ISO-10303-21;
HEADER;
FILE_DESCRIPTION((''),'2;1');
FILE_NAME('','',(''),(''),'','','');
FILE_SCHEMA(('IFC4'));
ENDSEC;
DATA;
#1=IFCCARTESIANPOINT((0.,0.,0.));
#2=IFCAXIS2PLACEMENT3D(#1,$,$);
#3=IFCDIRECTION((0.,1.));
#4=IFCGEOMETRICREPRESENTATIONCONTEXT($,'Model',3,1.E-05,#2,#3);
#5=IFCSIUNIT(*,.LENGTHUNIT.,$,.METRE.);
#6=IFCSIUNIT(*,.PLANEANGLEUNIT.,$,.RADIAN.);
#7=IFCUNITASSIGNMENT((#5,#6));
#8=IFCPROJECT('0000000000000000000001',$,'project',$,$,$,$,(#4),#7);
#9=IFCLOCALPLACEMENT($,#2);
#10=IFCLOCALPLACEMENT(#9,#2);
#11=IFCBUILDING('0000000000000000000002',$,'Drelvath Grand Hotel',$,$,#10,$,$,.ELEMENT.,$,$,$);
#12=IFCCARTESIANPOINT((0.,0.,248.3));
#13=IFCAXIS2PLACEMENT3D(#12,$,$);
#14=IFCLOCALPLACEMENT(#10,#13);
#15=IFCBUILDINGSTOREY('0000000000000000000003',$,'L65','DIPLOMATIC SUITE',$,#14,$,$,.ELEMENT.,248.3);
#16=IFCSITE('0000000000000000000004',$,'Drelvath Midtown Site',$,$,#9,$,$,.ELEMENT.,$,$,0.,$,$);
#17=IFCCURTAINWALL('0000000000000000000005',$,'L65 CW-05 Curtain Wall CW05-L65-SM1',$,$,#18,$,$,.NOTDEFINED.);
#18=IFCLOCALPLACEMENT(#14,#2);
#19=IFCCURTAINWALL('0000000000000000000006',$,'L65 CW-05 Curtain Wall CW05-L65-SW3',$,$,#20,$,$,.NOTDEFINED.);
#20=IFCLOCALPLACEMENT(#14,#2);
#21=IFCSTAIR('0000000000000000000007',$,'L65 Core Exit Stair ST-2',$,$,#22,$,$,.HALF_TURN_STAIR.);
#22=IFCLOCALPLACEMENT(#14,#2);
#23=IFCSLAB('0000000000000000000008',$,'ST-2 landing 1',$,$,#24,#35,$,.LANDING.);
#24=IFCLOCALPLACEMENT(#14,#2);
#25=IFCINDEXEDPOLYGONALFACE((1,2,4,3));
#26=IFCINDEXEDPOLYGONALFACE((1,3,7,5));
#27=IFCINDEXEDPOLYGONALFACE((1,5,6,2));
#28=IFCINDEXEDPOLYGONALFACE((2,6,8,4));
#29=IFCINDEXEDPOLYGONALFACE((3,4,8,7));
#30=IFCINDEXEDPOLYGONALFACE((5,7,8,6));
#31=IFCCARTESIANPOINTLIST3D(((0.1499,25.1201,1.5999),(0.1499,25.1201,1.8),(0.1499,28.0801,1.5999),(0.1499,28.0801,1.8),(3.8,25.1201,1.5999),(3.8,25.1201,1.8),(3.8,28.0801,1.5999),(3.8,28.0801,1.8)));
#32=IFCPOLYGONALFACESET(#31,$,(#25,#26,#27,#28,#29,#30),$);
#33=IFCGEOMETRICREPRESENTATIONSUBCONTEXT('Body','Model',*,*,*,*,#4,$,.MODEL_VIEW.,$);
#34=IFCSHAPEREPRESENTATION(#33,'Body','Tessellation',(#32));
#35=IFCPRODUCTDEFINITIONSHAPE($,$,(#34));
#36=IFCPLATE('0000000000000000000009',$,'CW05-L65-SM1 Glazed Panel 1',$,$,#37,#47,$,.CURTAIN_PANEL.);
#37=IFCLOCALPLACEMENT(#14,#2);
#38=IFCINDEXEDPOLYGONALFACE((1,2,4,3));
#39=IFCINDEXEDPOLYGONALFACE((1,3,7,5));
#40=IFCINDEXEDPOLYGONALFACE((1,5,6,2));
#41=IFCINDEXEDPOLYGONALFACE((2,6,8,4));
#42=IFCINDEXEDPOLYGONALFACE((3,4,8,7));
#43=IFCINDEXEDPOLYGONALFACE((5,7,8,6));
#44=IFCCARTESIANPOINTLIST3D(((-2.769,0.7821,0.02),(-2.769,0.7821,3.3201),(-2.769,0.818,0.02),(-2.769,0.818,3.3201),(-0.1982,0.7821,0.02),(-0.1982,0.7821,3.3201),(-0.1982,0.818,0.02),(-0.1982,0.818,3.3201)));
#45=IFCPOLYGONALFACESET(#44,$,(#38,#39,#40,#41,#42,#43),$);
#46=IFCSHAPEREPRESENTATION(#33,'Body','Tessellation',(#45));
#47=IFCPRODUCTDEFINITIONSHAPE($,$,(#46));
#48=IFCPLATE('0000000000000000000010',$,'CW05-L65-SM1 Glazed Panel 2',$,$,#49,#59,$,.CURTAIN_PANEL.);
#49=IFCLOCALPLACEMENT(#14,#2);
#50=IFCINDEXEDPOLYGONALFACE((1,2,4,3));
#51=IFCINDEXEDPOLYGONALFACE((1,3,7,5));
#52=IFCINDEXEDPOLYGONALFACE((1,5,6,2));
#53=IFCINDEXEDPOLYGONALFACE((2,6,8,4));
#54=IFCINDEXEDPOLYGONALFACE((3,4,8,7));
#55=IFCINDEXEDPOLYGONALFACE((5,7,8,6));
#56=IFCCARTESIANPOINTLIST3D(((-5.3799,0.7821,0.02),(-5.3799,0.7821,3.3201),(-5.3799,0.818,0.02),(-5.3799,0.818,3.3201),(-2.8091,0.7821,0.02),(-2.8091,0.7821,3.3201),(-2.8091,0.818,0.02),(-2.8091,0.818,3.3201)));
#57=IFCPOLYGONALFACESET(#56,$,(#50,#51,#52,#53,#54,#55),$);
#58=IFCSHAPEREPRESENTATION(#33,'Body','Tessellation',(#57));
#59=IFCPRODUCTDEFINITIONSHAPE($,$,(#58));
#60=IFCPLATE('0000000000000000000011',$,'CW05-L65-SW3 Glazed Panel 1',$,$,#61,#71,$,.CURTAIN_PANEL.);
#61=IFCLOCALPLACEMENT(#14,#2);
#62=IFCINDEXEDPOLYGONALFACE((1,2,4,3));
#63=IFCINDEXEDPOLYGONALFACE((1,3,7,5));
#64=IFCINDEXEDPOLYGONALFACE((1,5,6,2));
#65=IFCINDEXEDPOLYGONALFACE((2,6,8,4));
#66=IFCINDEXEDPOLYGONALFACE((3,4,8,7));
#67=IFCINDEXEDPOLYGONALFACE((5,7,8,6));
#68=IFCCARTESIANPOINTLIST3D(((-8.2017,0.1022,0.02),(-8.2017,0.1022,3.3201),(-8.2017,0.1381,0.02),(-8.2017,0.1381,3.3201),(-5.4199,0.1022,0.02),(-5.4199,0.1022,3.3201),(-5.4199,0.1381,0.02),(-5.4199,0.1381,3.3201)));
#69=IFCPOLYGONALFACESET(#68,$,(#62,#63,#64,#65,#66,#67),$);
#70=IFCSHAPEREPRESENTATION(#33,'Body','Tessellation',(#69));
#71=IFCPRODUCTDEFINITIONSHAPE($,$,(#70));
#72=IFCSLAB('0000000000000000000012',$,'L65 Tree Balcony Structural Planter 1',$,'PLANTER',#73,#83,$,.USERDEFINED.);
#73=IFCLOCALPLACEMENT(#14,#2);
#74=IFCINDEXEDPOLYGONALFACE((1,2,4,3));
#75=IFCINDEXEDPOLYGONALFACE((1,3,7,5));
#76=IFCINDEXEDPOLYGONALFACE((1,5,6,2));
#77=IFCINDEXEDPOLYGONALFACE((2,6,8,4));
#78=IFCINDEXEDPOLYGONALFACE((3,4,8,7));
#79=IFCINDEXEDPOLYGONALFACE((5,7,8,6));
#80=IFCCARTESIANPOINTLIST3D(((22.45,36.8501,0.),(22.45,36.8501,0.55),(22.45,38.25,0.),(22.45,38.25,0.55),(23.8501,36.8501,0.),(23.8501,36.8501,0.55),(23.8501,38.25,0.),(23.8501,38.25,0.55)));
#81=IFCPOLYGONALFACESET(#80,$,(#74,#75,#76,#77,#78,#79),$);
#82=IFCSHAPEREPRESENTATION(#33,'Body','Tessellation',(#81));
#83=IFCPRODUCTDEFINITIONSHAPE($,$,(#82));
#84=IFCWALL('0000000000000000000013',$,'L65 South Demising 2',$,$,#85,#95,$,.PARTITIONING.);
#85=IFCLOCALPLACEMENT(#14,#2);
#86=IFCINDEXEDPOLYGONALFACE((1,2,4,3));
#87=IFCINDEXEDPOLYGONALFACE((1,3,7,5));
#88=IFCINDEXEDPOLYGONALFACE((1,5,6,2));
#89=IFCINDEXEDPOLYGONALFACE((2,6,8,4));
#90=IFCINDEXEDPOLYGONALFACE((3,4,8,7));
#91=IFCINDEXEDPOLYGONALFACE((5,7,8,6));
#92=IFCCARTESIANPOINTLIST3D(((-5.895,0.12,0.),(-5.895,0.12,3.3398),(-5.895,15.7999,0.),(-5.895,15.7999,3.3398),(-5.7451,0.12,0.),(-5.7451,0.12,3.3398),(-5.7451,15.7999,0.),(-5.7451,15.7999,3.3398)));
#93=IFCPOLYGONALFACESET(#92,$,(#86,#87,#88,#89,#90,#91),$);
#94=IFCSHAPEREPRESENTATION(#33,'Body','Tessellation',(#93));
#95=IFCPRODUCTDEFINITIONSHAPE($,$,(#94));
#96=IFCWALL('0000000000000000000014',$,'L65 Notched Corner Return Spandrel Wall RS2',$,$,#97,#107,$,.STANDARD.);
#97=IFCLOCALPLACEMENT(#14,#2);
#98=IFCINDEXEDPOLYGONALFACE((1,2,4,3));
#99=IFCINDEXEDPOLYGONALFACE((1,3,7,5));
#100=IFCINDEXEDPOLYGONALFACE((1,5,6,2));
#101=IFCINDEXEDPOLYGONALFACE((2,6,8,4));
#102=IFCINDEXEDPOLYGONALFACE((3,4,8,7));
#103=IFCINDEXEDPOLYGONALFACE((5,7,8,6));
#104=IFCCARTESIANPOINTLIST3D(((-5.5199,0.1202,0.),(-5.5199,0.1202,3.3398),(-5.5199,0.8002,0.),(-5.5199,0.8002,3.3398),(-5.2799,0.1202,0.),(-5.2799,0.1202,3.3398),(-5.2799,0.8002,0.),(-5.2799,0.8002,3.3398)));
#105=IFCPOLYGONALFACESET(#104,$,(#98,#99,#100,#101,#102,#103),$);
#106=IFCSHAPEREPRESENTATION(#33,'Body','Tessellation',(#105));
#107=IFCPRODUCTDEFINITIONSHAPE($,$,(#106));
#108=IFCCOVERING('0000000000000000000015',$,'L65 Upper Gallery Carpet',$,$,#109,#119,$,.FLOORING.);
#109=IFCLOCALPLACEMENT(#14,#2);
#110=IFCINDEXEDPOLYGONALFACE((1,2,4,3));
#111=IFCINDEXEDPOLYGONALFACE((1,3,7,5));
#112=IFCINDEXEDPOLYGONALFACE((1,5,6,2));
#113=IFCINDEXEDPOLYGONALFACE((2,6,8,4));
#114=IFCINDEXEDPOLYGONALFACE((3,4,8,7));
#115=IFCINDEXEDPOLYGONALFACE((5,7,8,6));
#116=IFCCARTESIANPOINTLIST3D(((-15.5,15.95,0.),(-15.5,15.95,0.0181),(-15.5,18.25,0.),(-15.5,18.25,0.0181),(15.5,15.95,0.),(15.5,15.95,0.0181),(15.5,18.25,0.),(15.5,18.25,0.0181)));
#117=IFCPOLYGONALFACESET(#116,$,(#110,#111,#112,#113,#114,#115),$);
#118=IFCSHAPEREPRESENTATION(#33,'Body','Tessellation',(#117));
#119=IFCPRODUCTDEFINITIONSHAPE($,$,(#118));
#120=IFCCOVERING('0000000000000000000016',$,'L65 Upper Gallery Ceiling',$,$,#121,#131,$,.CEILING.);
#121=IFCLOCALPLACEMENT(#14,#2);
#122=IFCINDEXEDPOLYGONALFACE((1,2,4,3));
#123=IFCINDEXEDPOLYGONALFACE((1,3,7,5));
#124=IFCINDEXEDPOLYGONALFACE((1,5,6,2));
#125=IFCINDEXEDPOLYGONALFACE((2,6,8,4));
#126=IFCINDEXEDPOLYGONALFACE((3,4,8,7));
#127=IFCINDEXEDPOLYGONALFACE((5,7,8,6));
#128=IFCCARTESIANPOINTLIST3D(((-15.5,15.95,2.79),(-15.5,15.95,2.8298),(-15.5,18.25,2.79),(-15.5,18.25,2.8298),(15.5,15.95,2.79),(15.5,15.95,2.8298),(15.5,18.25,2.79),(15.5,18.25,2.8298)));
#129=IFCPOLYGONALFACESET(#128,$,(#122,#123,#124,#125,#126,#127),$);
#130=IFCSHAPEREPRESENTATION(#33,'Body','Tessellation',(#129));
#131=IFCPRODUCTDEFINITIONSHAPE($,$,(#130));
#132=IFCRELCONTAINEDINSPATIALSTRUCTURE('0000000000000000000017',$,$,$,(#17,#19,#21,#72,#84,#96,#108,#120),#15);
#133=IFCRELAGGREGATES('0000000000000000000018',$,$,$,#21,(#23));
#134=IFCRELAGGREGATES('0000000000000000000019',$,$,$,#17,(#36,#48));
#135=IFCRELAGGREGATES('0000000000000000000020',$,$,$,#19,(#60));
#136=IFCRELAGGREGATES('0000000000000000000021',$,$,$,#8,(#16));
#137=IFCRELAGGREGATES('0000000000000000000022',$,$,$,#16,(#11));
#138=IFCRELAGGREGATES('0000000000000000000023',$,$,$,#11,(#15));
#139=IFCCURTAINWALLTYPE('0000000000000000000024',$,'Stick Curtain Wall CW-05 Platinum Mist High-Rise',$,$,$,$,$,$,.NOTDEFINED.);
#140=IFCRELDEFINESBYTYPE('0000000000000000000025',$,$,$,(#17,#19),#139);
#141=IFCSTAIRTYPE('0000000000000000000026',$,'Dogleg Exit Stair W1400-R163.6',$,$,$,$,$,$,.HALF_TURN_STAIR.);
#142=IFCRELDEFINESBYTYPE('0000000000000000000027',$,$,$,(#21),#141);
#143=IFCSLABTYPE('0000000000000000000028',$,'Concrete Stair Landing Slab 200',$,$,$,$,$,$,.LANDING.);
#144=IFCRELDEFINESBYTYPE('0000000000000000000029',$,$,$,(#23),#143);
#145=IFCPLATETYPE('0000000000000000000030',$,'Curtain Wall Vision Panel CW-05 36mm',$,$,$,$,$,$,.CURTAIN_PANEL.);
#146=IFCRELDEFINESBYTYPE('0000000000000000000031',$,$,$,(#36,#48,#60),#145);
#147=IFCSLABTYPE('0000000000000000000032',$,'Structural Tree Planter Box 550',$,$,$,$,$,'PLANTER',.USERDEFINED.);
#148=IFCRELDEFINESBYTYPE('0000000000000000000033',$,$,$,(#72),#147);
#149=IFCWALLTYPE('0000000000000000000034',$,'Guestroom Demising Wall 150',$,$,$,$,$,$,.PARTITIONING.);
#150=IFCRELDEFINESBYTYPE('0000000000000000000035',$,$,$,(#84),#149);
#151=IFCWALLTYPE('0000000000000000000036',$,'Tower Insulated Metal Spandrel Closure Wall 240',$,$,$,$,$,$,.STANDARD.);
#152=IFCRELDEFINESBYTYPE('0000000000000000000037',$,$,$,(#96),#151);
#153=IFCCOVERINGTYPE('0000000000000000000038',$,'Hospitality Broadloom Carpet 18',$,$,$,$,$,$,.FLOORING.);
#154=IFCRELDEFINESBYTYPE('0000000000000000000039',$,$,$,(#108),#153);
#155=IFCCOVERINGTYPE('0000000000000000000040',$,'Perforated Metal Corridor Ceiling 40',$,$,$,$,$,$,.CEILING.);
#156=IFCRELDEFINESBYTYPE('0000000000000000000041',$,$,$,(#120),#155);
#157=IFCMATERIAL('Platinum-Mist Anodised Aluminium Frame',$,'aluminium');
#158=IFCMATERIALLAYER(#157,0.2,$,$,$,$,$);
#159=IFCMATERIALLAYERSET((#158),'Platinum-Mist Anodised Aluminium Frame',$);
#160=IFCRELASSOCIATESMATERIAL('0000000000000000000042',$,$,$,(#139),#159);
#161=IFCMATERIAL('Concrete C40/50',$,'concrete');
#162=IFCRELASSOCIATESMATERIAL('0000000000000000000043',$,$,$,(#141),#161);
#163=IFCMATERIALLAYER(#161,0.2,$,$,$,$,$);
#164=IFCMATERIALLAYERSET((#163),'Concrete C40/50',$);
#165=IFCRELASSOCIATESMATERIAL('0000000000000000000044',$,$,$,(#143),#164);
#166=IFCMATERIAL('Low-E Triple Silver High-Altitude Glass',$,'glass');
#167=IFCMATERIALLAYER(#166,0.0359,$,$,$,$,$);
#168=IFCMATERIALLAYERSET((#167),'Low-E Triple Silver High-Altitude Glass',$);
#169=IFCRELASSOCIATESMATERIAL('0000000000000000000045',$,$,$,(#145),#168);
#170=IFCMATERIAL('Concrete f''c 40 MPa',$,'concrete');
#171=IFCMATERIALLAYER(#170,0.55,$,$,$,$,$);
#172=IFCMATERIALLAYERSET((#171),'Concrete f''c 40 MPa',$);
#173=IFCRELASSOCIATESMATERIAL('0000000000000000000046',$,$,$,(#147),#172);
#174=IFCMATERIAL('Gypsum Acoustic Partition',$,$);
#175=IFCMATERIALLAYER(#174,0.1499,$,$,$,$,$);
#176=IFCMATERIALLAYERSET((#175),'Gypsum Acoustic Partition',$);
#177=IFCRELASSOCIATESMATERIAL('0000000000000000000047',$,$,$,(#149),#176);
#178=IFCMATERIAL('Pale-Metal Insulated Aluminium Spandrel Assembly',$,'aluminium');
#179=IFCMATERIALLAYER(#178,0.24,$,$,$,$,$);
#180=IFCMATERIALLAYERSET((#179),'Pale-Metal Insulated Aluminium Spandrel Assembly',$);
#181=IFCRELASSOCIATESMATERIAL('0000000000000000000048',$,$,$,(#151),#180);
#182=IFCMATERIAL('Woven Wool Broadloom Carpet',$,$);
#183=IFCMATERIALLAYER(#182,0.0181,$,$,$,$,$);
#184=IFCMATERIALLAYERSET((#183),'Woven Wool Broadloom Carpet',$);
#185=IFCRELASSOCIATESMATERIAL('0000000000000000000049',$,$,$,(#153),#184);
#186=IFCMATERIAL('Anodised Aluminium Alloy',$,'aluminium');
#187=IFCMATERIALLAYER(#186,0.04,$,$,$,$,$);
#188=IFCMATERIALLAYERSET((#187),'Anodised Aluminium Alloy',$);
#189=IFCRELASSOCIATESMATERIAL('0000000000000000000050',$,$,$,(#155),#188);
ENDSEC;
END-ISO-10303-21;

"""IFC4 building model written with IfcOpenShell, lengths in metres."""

from ifc_helpers import new_model, si_unit, direction, frame, frame_2d, origin, origin_2d, place, context, subcontext, project, spatial, polyline, rectangle, outline, extrude, material, layer, layer_set, type_object, element, aggregate, save


model = new_model("IFC4")

# Units and contexts
model_context = context("Model", 3, precision=1e-05, world=origin(), true_north=direction((0.0, 1.0)))
body_context = subcontext(model_context, "Body", "Model", "MODEL_VIEW")
ifc_project = project(units=[si_unit("LENGTHUNIT", "METRE"), si_unit("PLANEANGLEUNIT", "RADIAN")], contexts=[model_context])

# Site, building, storey
site_placement = place(None, origin())
site = spatial("IfcSite", under=ifc_project, at=site_placement, Name="Drelvath Midtown Site", CompositionType="ELEMENT", RefElevation=0.0)
building_placement = place(site_placement, origin())
building = spatial("IfcBuilding", under=site, at=building_placement, Name="Drelvath Grand Hotel", CompositionType="ELEMENT")
storey_placement = place(building_placement, frame((0.0, 0.0, 248.3)))
storey = spatial("IfcBuildingStorey", under=building, at=storey_placement, Name="L65", Description="DIPLOMATIC SUITE", CompositionType="ELEMENT", Elevation=248.3)

# Curtain walls
ifc_material_1 = material(Name="Platinum-Mist Anodised Aluminium Frame", Category="aluminium")
ifc_layer_1 = layer(ifc_material_1, 0.2)
ifc_layer_set_1 = layer_set([ifc_layer_1], Name="Platinum-Mist Anodised Aluminium Frame")
curtain_wall_type = type_object("IfcCurtainWallType", Name="Stick Curtain Wall CW-05 Platinum Mist High-Rise", PredefinedType="NOTDEFINED", material=ifc_layer_set_1)
curtain_wall_1_placement = place(storey_placement, origin())
curtain_wall_1 = element("IfcCurtainWall", 1, at=curtain_wall_1_placement, inside=storey, type_object=curtain_wall_type, Name="L65 CW-05 Curtain Wall CW05-L65-SM1", PredefinedType="NOTDEFINED")
curtain_wall_2_placement = place(storey_placement, origin())
curtain_wall_2 = element("IfcCurtainWall", 2, at=curtain_wall_2_placement, inside=storey, type_object=curtain_wall_type, Name="L65 CW-05 Curtain Wall CW05-L65-SW3", PredefinedType="NOTDEFINED")

# Shared definitions
ifc_material_2 = material(Name="Concrete f'c 40 MPa", Category="concrete")

# Stair, slab
ifc_material_3 = material(Name="Concrete C40/50", Category="concrete")
stair_type = type_object("IfcStairType", Name="Dogleg Exit Stair W1400-R163.6", PredefinedType="HALF_TURN_STAIR", material=ifc_material_3)
ifc_layer_2 = layer(ifc_material_3, 0.2)
ifc_layer_set_2 = layer_set([ifc_layer_2], Name="Concrete C40/50")
slab_type_1 = type_object("IfcSlabType", Name="Concrete Stair Landing Slab 200", PredefinedType="LANDING", material=ifc_layer_set_2)
stair_1_placement = place(storey_placement, origin())
stair_1 = element("IfcStair", 3, at=stair_1_placement, inside=storey, type_object=stair_type, Name="L65 Core Exit Stair ST-2", PredefinedType="HALF_TURN_STAIR")
slab_1_placement = place(storey_placement, frame((0.0, 0.0, 1.5999)))
slab_1 = element("IfcSlab", 4, at=slab_1_placement, type_object=slab_type_1, Name="ST-2 landing 1", PredefinedType="LANDING", context=body_context, shape_type="SweptSolid", body=[
    extrude(outline(polyline([(3.8, 28.0801), (0.1499, 28.0801), (0.1499, 25.1201), (3.8, 25.1201), (3.8, 28.0801)])), origin(), (0.0, 0.0, 1.0), 0.2002),
])
aggregate(stair_1, [slab_1])

# Plates
ifc_material_4 = material(Name="Low-E Triple Silver High-Altitude Glass", Category="glass")
ifc_layer_3 = layer(ifc_material_4, 0.0359)
ifc_layer_set_3 = layer_set([ifc_layer_3], Name="Low-E Triple Silver High-Altitude Glass")
plate_type = type_object("IfcPlateType", Name="Curtain Wall Vision Panel CW-05 36mm", PredefinedType="CURTAIN_PANEL", material=ifc_layer_set_3)
plate_1_placement = place(storey_placement, frame((-1.4836, 0.8, 0.02), z_axis=(0.0, 0.0, 1.0), x_axis=(-1.0, 0.0, 0.0)))
plate_1 = element("IfcPlate", 5, at=plate_1_placement, type_object=plate_type, Name="CW05-L65-SM1 Glazed Panel 1", PredefinedType="CURTAIN_PANEL", context=body_context, shape_type="SweptSolid", body=[
    extrude(rectangle(XDim=2.5708, YDim=0.0359, at=origin_2d()), origin(), (0.0, 0.0, 1.0), 3.3),
])
plate_2_placement = place(storey_placement, frame((-4.0945, 0.8, 0.02), z_axis=(0.0, 0.0, 1.0), x_axis=(-1.0, 0.0, 0.0)))
plate_2 = element("IfcPlate", 6, at=plate_2_placement, type_object=plate_type, Name="CW05-L65-SM1 Glazed Panel 2", PredefinedType="CURTAIN_PANEL", context=body_context, shape_type="SweptSolid", body=[
    extrude(rectangle(XDim=2.5708, YDim=0.0359, at=origin_2d()), origin(), (0.0, 0.0, 1.0), 3.3),
])
aggregate(curtain_wall_1, [plate_1, plate_2])
plate_3_placement = place(storey_placement, frame((-6.8108, 0.1201, 0.02), z_axis=(0.0, 0.0, 1.0), x_axis=(-1.0, 0.0, 0.0)))
plate_3 = element("IfcPlate", 7, at=plate_3_placement, type_object=plate_type, Name="CW05-L65-SW3 Glazed Panel 1", PredefinedType="CURTAIN_PANEL", context=body_context, shape_type="SweptSolid", body=[
    extrude(rectangle(XDim=2.7817, YDim=0.0359, at=origin_2d()), origin(), (0.0, 0.0, 1.0), 3.3),
])
aggregate(curtain_wall_2, [plate_3])

# Slab
ifc_layer_4 = layer(ifc_material_2, 0.55)
ifc_layer_set_4 = layer_set([ifc_layer_4], Name="Concrete f'c 40 MPa")
slab_type_2 = type_object("IfcSlabType", Name="Structural Tree Planter Box 550", ElementType="PLANTER", PredefinedType="USERDEFINED", material=ifc_layer_set_4)
slab_2_placement = place(storey_placement, origin())
element("IfcSlab", 8, at=slab_2_placement, inside=storey, type_object=slab_type_2, Name="L65 Tree Balcony Structural Planter 1", ObjectType="PLANTER", PredefinedType="USERDEFINED", context=body_context, shape_type="SweptSolid", body=[
    extrude(outline(polyline([(22.45, 36.8501), (23.8501, 36.8501), (23.8501, 38.25), (22.45, 38.25), (22.45, 36.8501)])), origin(), (0.0, 0.0, 1.0), 0.55),
])

# Walls
ifc_material_5 = material(Name="Gypsum Acoustic Partition")
ifc_layer_5 = layer(ifc_material_5, 0.1499)
ifc_layer_set_5 = layer_set([ifc_layer_5], Name="Gypsum Acoustic Partition")
wall_type_1 = type_object("IfcWallType", Name="Guestroom Demising Wall 150", PredefinedType="PARTITIONING", material=ifc_layer_set_5)
wall_1_placement = place(storey_placement, frame((-5.8201, 0.1201, 0.0), z_axis=(0.0, 0.0, 1.0), x_axis=(0.0, 1.0, 0.0)))
element("IfcWall", 9, at=wall_1_placement, inside=storey, type_object=wall_type_1, Name="L65 South Demising 2", PredefinedType="PARTITIONING", context=body_context, shape_type="SweptSolid", body=[
    extrude(rectangle(XDim=15.6799, YDim=0.1499, at=frame_2d((7.8398, 0.0))), origin(), (0.0, 0.0, 1.0), 3.3398),
])
ifc_material_6 = material(Name="Pale-Metal Insulated Aluminium Spandrel Assembly", Category="aluminium")
ifc_layer_6 = layer(ifc_material_6, 0.24)
ifc_layer_set_6 = layer_set([ifc_layer_6], Name="Pale-Metal Insulated Aluminium Spandrel Assembly")
wall_type_2 = type_object("IfcWallType", Name="Tower Insulated Metal Spandrel Closure Wall 240", PredefinedType="STANDARD", material=ifc_layer_set_6)
wall_2_placement = place(storey_placement, frame((-5.3999, 0.8, 0.0), z_axis=(0.0, 0.0, 1.0), x_axis=(0.0, -1.0, 0.0)))
element("IfcWall", 10, at=wall_2_placement, inside=storey, type_object=wall_type_2, Name="L65 Notched Corner Return Spandrel Wall RS2", PredefinedType="STANDARD", context=body_context, shape_type="SweptSolid", body=[
    extrude(rectangle(XDim=0.6799, YDim=0.24, at=frame_2d((0.3398, 0.0))), origin(), (0.0, 0.0, 1.0), 3.3398),
])

# Coverings
ifc_material_7 = material(Name="Woven Wool Broadloom Carpet")
ifc_layer_7 = layer(ifc_material_7, 0.0181)
ifc_layer_set_7 = layer_set([ifc_layer_7], Name="Woven Wool Broadloom Carpet")
covering_type_1 = type_object("IfcCoveringType", Name="Hospitality Broadloom Carpet 18", PredefinedType="FLOORING", material=ifc_layer_set_7)
covering_1_placement = place(storey_placement, origin())
element("IfcCovering", 11, at=covering_1_placement, inside=storey, type_object=covering_type_1, Name="L65 Upper Gallery Carpet", PredefinedType="FLOORING", context=body_context, shape_type="SweptSolid", body=[
    extrude(outline(polyline([(15.5, 15.95), (15.5, 18.25), (-15.5, 18.25), (-15.5, 15.95), (15.5, 15.95)])), origin(), (0.0, 0.0, 1.0), 0.0181),
])
ifc_material_8 = material(Name="Anodised Aluminium Alloy", Category="aluminium")
ifc_layer_8 = layer(ifc_material_8, 0.04)
ifc_layer_set_8 = layer_set([ifc_layer_8], Name="Anodised Aluminium Alloy")
covering_type_2 = type_object("IfcCoveringType", Name="Perforated Metal Corridor Ceiling 40", PredefinedType="CEILING", material=ifc_layer_set_8)
covering_2_placement = place(storey_placement, frame((0.0, 0.0, 2.79)))
element("IfcCovering", 12, at=covering_2_placement, inside=storey, type_object=covering_type_2, Name="L65 Upper Gallery Ceiling", PredefinedType="CEILING", context=body_context, shape_type="SweptSolid", body=[
    extrude(outline(polyline([(15.5, 15.95), (15.5, 18.25), (-15.5, 18.25), (-15.5, 15.95), (15.5, 15.95)])), origin(), (0.0, 0.0, 1.0), 0.0398),
])

save(model, "model.ifc")
